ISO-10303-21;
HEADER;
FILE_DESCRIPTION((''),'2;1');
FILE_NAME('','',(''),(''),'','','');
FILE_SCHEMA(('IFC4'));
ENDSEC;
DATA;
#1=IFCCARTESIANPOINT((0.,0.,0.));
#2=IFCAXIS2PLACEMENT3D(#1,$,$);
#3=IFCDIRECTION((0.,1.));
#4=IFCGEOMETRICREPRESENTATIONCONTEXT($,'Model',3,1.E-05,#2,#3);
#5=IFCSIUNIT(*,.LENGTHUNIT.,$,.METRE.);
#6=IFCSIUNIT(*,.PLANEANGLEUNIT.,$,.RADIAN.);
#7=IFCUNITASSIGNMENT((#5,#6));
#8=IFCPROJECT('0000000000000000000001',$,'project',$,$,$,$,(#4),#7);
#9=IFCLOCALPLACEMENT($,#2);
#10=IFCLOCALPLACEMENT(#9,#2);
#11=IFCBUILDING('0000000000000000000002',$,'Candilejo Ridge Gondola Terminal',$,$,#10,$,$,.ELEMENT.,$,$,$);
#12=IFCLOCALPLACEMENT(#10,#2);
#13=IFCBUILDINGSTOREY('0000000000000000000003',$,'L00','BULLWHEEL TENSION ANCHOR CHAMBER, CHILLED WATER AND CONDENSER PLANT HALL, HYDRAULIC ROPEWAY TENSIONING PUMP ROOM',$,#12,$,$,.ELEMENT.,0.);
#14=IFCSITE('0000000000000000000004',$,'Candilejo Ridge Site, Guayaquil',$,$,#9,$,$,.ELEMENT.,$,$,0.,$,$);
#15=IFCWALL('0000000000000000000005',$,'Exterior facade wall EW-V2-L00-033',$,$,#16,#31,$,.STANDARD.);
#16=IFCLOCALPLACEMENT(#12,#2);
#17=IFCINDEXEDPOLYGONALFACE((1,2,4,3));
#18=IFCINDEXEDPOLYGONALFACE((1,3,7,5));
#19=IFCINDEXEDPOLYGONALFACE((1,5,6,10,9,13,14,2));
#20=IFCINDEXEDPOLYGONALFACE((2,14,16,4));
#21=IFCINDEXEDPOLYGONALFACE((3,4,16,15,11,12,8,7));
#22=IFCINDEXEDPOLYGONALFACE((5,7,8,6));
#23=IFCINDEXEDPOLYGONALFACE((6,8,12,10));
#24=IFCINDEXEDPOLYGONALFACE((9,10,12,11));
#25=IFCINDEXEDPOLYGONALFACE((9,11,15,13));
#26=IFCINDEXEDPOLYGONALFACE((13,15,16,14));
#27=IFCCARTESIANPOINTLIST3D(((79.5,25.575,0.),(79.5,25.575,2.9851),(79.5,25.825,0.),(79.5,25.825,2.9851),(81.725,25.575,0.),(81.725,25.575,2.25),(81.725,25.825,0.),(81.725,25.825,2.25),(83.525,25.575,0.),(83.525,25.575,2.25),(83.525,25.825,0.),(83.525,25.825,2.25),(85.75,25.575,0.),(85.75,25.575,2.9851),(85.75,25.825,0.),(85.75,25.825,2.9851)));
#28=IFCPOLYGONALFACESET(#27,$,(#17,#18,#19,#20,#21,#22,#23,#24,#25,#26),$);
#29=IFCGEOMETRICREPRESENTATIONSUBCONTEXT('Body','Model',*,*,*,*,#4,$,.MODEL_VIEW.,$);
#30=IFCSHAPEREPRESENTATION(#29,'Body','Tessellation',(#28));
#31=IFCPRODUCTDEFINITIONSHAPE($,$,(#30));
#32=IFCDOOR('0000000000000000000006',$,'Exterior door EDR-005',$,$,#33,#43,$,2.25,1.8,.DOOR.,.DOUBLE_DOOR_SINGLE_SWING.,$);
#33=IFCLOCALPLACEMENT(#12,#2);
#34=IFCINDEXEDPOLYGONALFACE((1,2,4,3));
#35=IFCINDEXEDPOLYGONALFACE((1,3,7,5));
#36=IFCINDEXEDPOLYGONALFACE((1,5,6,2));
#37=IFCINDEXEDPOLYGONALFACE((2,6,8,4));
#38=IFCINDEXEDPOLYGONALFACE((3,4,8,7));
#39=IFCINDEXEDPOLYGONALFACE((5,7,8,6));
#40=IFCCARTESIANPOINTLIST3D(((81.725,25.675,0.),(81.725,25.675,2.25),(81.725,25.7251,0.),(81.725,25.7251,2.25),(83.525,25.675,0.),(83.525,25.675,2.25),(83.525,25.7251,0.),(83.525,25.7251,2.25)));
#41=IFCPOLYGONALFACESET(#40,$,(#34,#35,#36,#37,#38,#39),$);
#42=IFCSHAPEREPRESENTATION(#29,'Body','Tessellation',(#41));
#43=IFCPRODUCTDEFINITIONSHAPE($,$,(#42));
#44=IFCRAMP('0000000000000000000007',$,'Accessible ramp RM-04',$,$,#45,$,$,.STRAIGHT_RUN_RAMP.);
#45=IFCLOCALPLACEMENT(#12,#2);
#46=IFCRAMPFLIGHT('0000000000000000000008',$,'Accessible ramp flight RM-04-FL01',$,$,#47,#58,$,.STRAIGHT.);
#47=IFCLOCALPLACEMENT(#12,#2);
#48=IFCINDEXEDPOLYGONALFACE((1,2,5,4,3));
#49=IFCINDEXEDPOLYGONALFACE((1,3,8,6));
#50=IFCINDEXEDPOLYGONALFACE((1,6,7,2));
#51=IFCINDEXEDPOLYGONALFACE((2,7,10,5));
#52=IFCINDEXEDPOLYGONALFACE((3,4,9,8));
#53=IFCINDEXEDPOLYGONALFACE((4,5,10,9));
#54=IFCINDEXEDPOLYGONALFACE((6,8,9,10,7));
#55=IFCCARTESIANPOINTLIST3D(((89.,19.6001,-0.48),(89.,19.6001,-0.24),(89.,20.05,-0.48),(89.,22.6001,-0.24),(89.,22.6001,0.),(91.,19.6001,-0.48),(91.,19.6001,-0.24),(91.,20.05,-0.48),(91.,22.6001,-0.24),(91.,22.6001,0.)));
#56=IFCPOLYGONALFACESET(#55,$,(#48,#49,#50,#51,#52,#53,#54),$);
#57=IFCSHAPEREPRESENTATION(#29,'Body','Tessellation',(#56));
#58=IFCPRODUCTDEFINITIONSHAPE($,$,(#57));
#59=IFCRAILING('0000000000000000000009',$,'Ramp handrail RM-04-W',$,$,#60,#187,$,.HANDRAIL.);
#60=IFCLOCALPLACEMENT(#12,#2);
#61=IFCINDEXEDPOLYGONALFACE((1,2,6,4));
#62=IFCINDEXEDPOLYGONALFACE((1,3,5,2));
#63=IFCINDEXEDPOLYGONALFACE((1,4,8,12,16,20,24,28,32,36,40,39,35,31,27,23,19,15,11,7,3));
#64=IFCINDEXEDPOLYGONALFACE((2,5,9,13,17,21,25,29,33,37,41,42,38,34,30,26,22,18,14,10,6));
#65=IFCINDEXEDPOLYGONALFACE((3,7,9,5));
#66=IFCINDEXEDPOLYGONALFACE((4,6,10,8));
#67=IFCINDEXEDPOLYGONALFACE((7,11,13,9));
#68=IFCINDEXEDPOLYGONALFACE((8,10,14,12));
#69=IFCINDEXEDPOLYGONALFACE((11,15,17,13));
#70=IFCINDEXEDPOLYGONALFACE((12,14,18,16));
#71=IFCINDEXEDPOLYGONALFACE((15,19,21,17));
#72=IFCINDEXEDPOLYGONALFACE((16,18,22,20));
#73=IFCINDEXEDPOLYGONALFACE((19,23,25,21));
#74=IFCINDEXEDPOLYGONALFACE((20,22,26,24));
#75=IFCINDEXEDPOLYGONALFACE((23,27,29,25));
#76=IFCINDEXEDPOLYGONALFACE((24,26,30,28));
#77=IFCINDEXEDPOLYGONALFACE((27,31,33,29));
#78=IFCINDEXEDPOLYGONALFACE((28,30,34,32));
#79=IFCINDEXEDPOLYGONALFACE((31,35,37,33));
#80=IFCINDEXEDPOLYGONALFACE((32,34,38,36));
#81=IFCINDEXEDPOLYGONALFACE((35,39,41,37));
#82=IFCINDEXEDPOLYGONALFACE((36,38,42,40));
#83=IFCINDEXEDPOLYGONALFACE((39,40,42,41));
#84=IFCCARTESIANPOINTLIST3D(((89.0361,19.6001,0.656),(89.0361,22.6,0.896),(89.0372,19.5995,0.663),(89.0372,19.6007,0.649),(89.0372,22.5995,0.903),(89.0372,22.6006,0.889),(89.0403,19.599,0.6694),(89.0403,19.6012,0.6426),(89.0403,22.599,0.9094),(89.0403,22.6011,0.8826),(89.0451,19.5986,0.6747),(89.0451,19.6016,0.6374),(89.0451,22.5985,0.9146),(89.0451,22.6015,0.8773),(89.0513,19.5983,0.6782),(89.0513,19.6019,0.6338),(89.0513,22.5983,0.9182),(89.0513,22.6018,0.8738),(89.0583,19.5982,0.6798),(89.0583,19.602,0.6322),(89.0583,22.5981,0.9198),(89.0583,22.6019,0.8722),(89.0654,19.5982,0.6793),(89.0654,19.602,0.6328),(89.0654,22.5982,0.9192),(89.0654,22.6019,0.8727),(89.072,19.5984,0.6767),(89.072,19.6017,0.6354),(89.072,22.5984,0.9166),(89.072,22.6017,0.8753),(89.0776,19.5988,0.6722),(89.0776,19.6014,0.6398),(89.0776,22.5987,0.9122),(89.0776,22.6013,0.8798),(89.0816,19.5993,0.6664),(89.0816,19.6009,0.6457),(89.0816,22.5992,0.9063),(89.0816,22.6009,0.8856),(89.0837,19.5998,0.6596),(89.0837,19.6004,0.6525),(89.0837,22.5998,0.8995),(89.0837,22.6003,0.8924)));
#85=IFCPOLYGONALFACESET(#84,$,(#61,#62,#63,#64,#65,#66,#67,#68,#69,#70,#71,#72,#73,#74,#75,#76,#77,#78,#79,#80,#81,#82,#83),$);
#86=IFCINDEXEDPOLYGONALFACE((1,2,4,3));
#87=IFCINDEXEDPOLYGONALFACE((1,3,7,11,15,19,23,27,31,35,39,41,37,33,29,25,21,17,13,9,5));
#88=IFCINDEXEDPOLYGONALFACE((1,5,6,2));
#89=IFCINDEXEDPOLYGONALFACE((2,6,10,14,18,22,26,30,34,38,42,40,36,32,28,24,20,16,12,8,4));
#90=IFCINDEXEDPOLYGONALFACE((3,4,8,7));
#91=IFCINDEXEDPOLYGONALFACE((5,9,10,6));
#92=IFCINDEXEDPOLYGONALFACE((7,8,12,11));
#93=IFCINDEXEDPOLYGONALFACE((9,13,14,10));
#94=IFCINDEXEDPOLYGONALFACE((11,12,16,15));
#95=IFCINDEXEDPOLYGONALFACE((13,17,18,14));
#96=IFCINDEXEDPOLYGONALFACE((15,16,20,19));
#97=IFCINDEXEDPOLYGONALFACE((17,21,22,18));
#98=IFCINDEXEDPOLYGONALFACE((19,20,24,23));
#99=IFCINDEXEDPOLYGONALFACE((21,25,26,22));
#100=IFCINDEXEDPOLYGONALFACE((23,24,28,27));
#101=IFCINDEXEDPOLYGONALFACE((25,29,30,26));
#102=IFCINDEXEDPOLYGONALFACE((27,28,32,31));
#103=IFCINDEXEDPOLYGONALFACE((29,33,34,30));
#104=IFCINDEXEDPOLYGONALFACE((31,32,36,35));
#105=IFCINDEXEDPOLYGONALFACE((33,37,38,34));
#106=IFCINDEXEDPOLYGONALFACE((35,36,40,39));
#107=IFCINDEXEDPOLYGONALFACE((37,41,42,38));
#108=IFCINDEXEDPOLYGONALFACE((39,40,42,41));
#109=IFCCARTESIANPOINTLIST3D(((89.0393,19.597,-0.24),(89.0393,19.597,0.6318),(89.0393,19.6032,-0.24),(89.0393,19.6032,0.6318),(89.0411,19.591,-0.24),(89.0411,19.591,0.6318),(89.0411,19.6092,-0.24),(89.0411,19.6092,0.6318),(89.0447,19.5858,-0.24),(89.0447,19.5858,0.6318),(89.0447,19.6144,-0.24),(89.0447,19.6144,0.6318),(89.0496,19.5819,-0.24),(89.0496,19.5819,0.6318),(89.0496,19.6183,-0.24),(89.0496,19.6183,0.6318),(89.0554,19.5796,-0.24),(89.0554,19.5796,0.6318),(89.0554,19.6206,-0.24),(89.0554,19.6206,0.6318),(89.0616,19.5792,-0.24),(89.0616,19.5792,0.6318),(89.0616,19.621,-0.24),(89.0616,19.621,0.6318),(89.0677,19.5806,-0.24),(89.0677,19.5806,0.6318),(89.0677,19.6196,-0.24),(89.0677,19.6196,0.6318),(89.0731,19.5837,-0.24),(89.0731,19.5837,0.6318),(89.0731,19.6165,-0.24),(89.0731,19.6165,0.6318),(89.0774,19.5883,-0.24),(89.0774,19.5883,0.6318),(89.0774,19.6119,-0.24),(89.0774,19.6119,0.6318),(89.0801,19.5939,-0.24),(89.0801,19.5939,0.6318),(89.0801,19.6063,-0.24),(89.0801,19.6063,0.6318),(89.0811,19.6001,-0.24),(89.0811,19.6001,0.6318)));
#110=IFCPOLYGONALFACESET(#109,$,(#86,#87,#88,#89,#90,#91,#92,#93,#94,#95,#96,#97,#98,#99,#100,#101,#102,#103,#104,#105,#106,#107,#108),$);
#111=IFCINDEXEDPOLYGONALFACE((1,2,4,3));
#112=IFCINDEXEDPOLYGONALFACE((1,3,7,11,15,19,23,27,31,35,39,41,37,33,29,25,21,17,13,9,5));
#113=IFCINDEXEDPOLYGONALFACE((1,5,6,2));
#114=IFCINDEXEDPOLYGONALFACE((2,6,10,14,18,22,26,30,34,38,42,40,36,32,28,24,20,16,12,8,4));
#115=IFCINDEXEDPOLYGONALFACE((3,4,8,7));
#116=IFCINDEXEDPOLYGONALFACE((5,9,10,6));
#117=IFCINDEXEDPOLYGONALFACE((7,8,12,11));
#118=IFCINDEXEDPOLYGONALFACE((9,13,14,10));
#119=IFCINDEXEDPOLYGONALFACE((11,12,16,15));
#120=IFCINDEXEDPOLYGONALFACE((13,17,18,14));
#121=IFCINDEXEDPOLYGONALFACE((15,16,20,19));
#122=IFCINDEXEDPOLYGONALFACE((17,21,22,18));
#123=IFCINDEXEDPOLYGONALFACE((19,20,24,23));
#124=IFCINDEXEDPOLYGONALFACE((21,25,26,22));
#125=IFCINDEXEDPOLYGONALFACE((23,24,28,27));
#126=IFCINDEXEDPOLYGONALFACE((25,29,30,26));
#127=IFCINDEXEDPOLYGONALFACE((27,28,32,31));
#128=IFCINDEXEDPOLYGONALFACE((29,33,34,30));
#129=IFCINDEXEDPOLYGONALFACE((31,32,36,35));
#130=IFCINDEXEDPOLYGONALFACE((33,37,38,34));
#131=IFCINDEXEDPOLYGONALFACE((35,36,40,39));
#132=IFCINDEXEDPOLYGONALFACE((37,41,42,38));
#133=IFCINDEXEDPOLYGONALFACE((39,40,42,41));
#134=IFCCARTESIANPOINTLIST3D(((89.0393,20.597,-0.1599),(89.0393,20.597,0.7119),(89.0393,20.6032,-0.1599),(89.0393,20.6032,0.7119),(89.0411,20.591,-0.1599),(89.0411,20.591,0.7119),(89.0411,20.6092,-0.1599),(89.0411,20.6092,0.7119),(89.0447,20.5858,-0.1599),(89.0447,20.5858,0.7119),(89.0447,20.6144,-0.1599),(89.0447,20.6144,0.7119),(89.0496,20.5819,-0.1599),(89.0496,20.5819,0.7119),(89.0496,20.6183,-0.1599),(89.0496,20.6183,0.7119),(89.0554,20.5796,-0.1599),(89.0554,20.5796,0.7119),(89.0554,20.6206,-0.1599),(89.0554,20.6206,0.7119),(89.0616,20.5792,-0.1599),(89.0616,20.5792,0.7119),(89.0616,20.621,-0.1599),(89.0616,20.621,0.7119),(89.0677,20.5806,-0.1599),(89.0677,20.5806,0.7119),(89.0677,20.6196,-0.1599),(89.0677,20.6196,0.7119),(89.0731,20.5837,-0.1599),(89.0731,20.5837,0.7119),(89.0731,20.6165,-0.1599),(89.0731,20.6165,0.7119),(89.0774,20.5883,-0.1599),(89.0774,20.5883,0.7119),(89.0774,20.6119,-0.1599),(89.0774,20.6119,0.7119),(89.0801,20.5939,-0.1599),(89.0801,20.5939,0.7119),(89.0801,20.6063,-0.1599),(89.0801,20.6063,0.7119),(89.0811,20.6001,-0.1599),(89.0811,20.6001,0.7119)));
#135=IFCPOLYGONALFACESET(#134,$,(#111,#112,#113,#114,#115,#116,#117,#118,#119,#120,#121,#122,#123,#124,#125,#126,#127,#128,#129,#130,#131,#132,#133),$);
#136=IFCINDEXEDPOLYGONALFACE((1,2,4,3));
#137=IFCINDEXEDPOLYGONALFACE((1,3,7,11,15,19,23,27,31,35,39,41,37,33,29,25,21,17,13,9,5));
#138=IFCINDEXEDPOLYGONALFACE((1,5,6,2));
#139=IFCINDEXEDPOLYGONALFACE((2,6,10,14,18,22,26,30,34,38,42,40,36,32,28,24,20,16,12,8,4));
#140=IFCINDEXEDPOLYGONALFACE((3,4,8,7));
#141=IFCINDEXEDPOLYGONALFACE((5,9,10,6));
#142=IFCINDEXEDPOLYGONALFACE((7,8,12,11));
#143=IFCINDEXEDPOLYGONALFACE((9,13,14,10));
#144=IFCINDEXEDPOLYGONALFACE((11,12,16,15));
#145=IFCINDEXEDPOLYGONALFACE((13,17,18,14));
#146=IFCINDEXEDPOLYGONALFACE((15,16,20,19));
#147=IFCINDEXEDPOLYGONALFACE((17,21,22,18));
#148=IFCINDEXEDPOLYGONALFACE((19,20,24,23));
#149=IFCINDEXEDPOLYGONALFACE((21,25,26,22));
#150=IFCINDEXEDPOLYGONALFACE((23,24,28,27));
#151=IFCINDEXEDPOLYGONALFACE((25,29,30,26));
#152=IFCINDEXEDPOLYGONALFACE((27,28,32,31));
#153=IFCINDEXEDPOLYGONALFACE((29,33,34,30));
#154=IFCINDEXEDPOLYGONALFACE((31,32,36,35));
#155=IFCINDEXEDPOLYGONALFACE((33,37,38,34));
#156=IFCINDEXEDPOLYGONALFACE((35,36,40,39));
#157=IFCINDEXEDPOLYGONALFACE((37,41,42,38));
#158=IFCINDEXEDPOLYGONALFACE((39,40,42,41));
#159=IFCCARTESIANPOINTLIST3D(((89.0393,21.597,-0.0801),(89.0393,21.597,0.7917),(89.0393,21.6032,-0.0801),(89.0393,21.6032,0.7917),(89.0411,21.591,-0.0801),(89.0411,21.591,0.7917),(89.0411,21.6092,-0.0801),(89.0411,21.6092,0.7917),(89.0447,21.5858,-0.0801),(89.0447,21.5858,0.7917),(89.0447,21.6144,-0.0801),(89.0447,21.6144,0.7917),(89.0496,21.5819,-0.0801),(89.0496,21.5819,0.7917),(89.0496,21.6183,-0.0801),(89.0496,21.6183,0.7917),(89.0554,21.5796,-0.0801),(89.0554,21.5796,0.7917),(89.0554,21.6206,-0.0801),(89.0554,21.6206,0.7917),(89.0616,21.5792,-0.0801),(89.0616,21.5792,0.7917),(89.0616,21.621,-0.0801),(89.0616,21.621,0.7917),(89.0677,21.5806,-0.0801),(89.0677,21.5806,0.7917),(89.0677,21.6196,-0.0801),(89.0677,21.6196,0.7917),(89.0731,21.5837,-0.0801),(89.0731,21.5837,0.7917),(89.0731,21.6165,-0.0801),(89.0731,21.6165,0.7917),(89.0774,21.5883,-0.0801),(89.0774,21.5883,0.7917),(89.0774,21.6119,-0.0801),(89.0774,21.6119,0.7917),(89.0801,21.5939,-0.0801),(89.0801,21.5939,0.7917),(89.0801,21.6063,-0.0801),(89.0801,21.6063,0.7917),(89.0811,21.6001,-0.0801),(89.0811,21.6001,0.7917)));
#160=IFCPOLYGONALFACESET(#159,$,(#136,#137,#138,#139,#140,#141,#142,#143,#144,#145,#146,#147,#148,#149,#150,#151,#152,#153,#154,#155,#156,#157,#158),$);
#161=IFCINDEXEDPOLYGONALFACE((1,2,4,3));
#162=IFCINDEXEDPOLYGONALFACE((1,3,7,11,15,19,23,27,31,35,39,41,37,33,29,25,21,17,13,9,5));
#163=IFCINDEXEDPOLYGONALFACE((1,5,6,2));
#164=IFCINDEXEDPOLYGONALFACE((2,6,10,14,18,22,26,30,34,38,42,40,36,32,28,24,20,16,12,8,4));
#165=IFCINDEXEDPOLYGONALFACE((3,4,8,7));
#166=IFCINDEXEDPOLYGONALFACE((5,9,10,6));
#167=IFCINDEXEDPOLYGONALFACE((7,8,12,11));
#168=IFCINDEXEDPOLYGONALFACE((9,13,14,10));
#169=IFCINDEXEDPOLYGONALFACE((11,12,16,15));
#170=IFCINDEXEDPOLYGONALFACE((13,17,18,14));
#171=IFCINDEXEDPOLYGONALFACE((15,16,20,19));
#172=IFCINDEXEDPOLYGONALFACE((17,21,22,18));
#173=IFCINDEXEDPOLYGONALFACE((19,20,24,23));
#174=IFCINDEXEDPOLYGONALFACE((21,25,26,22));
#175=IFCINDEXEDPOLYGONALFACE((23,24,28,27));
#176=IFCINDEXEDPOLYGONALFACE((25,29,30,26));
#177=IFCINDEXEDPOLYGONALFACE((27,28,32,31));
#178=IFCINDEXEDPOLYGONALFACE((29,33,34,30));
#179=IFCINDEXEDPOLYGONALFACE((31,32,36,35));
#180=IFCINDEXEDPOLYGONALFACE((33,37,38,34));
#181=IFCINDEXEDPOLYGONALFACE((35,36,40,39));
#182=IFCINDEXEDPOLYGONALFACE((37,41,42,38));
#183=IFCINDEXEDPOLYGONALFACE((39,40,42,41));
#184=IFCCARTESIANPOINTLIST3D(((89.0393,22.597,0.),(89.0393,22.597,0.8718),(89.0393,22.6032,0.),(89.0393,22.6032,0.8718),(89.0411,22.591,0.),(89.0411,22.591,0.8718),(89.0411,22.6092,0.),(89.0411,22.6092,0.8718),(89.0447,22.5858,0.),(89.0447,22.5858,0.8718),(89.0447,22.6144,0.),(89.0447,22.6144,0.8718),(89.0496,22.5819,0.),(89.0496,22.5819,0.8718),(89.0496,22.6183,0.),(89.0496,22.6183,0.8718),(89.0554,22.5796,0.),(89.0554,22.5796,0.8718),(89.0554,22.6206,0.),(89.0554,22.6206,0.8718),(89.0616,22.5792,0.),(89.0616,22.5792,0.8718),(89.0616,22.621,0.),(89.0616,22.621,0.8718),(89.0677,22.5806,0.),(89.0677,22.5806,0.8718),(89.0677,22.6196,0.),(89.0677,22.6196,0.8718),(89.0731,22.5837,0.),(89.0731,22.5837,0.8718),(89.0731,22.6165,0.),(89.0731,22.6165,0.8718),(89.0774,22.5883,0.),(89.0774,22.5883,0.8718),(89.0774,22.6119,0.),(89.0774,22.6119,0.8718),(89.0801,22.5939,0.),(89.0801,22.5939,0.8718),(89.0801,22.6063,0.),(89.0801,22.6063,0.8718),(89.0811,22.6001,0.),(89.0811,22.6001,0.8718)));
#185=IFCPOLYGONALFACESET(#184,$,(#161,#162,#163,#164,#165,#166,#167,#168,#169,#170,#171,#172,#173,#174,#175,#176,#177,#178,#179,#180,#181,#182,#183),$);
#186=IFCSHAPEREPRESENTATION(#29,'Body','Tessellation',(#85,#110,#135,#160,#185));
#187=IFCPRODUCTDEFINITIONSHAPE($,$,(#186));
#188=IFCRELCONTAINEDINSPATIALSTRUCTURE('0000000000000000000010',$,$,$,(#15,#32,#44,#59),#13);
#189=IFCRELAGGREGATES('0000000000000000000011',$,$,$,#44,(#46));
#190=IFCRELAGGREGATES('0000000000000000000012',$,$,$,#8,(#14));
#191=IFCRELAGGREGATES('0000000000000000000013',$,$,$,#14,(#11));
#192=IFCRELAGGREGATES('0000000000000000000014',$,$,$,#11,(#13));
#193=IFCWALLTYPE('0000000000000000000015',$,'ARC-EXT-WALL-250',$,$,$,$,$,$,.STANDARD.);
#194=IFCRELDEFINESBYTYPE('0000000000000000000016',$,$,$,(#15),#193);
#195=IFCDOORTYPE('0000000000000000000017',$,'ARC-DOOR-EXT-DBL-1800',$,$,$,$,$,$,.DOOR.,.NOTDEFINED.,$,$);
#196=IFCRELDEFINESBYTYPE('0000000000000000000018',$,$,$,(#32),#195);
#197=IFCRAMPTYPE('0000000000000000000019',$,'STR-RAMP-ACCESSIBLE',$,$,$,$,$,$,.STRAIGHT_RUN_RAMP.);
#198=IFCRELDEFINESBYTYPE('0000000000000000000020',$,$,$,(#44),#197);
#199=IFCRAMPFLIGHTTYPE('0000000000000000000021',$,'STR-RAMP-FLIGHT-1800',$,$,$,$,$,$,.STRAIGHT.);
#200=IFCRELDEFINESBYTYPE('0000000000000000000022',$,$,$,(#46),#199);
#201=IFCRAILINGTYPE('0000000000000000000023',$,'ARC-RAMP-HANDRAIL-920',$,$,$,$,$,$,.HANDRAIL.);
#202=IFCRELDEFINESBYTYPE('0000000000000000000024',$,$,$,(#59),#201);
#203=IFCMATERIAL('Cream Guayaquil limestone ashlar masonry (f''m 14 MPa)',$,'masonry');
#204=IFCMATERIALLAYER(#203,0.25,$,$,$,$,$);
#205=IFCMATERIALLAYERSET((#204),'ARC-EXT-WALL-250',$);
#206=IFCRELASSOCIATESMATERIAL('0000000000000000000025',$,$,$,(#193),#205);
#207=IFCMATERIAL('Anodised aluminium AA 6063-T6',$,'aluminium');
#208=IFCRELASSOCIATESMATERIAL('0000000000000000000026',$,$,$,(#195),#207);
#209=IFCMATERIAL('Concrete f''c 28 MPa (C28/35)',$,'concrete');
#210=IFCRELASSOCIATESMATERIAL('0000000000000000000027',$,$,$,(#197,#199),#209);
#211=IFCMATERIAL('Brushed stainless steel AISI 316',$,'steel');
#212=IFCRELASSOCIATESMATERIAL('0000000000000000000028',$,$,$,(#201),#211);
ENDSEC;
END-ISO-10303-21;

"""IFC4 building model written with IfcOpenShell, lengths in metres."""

from ifc_helpers import new_model, si_unit, direction, frame, frame_2d, origin, origin_2d, place, context, subcontext, project, spatial, polyline, rectangle, circle, outline, extrude, material, layer, layer_set, type_object, element, fill, aggregate, save


model = new_model("IFC4")

# Units and contexts
model_context = context("Model", 3, precision=1e-05, world=origin(), true_north=direction((0.0, 1.0)))
body_context = subcontext(model_context, "Body", "Model", "MODEL_VIEW")
ifc_project = project(units=[si_unit("LENGTHUNIT", "METRE"), si_unit("PLANEANGLEUNIT", "RADIAN")], contexts=[model_context])

# Site, building, storey
site_placement = place(None, origin())
site = spatial("IfcSite", under=ifc_project, at=site_placement, Name="Candilejo Ridge Site, Guayaquil", CompositionType="ELEMENT", RefElevation=0.0)
building_placement = place(site_placement, origin())
building = spatial("IfcBuilding", under=site, at=building_placement, Name="Candilejo Ridge Gondola Terminal", CompositionType="ELEMENT")
storey_placement = place(building_placement, origin())
storey = spatial("IfcBuildingStorey", under=building, at=storey_placement, Name="L00", Description="BULLWHEEL TENSION ANCHOR CHAMBER, CHILLED WATER AND CONDENSER PLANT HALL, HYDRAULIC ROPEWAY TENSIONING PUMP ROOM", CompositionType="ELEMENT", Elevation=0.0)

# Wall, opening, door
ifc_material_1 = material(Name="Cream Guayaquil limestone ashlar masonry (f'm 14 MPa)", Category="masonry")
ifc_layer_1 = layer(ifc_material_1, 0.25)
ifc_layer_set_1 = layer_set([ifc_layer_1], Name="ARC-EXT-WALL-250")
wall_type_1 = type_object("IfcWallType", Name="ARC-EXT-WALL-250", PredefinedType="STANDARD", material=ifc_layer_set_1)
wall_1_placement = place(storey_placement, frame((85.75, 25.7, 0.0), z_axis=(0.0, 0.0, 1.0), x_axis=(-1.0, 0.0, 0.0)))
wall_1 = element("IfcWall", 1, at=wall_1_placement, inside=storey, type_object=wall_type_1, Name="Exterior facade wall EW-V2-L00-033", PredefinedType="STANDARD", context=body_context, shape_type="SweptSolid", body=[
    extrude(rectangle(XDim=6.25, YDim=0.25, at=frame_2d((3.125, 0.0))), origin(), (0.0, 0.0, 1.0), 2.9851),
])
opening_placement = place(wall_1_placement, frame((2.2251, 0.0, 0.0)))
opening = element("IfcOpeningElement", 2, at=opening_placement, cuts=wall_1, PredefinedType="OPENING", context=body_context, shape_type="SweptSolid", body=[
    extrude(rectangle(XDim=1.8, YDim=2.25, at=frame_2d((0.8999, 1.125))), frame((0.0, 0.135, 0.0), z_axis=(0.0, -1.0, 0.0), x_axis=(1.0, 0.0, 0.0)), (0.0, 0.0, 1.0), 0.27),
])
ifc_material_2 = material(Name="Anodised aluminium AA 6063-T6", Category="aluminium")
door_type = type_object("IfcDoorType", Name="ARC-DOOR-EXT-DBL-1800", OperationType="NOTDEFINED", PredefinedType="DOOR", material=ifc_material_2)
door_placement = place(opening_placement, origin())
door = element("IfcDoor", 3, at=door_placement, inside=storey, type_object=door_type, Name="Exterior door EDR-005", OperationType="DOUBLE_DOOR_SINGLE_SWING", OverallHeight=2.25, OverallWidth=1.8, PredefinedType="DOOR", context=body_context, shape_type="SweptSolid", body=[
    extrude(rectangle(XDim=1.8, YDim=2.25, at=frame_2d((0.8999, 1.125))), frame((0.0, 0.0249, 0.0), z_axis=(0.0, -1.0, 0.0), x_axis=(1.0, 0.0, 0.0)), (0.0, 0.0, 1.0), 0.05),
])
fill(opening, door)

# Ramp, ramp flight
ifc_material_3 = material(Name="Concrete f'c 28 MPa (C28/35)", Category="concrete")
ramp_type = type_object("IfcRampType", Name="STR-RAMP-ACCESSIBLE", PredefinedType="STRAIGHT_RUN_RAMP", material=ifc_material_3)
ramp_placement = place(storey_placement, origin())
ramp = element("IfcRamp", 4, at=ramp_placement, inside=storey, type_object=ramp_type, Name="Accessible ramp RM-04", PredefinedType="STRAIGHT_RUN_RAMP")
ramp_flight_type = type_object("IfcRampFlightType", Name="STR-RAMP-FLIGHT-1800", PredefinedType="STRAIGHT", material=ifc_material_3)
ramp_flight_placement = place(storey_placement, frame((90.0, 19.6001, -0.24), z_axis=(0.0, 0.0, 1.0), x_axis=(0.0, 1.0, 0.0)))
ramp_flight = element("IfcRampFlight", 5, at=ramp_flight_placement, type_object=ramp_flight_type, Name="Accessible ramp flight RM-04-FL01", PredefinedType="STRAIGHT", context=body_context, shape_type="SweptSolid", body=[
    extrude(outline(polyline([(0.0, -0.24), (0.45, -0.24), (3.0, 0.0), (3.0, 0.24), (0.0, 0.0), (0.0, -0.24)])), frame((0.0, 1.0, 0.0), z_axis=(0.0, -1.0, 0.0), x_axis=(1.0, 0.0, 0.0)), (0.0, 0.0, 1.0), 2.0),
])
aggregate(ramp, [ramp_flight])

# Railing
ifc_material_4 = material(Name="Brushed stainless steel AISI 316", Category="steel")
railing_type = type_object("IfcRailingType", Name="ARC-RAMP-HANDRAIL-920", PredefinedType="HANDRAIL", material=ifc_material_4)
for number, where, name in (
    (6, (89.0601, 19.6001, -0.24), "Ramp handrail RM-04-W"),
):
    element("IfcRailing", number, at=place(storey_placement, frame(where)), inside=storey, type_object=railing_type, Name=name, PredefinedType="HANDRAIL", context=body_context, shape_type="SweptSolid", body=[
        extrude(circle(Radius=0.0239, at=origin_2d()), frame((0.0, 0.0, 0.896), z_axis=(0.0, 0.996816, 0.079742), x_axis=(-1.0, 0.0, 0.0)), (0.0, 0.0, 1.0), 3.0095),
        extrude(circle(Radius=0.021, at=origin_2d()), origin(), (0.0, 0.0, 1.0), 0.8718),
        extrude(circle(Radius=0.021, at=origin_2d()), frame((0.0, 1.0, 0.0801)), (0.0, 0.0, 1.0), 0.8718),
        extrude(circle(Radius=0.021, at=origin_2d()), frame((0.0, 2.0, 0.1599)), (0.0, 0.0, 1.0), 0.8718),
        extrude(circle(Radius=0.021, at=origin_2d()), frame((0.0, 3.0, 0.24)), (0.0, 0.0, 1.0), 0.8718),
    ])

save(model, "model.ifc")
